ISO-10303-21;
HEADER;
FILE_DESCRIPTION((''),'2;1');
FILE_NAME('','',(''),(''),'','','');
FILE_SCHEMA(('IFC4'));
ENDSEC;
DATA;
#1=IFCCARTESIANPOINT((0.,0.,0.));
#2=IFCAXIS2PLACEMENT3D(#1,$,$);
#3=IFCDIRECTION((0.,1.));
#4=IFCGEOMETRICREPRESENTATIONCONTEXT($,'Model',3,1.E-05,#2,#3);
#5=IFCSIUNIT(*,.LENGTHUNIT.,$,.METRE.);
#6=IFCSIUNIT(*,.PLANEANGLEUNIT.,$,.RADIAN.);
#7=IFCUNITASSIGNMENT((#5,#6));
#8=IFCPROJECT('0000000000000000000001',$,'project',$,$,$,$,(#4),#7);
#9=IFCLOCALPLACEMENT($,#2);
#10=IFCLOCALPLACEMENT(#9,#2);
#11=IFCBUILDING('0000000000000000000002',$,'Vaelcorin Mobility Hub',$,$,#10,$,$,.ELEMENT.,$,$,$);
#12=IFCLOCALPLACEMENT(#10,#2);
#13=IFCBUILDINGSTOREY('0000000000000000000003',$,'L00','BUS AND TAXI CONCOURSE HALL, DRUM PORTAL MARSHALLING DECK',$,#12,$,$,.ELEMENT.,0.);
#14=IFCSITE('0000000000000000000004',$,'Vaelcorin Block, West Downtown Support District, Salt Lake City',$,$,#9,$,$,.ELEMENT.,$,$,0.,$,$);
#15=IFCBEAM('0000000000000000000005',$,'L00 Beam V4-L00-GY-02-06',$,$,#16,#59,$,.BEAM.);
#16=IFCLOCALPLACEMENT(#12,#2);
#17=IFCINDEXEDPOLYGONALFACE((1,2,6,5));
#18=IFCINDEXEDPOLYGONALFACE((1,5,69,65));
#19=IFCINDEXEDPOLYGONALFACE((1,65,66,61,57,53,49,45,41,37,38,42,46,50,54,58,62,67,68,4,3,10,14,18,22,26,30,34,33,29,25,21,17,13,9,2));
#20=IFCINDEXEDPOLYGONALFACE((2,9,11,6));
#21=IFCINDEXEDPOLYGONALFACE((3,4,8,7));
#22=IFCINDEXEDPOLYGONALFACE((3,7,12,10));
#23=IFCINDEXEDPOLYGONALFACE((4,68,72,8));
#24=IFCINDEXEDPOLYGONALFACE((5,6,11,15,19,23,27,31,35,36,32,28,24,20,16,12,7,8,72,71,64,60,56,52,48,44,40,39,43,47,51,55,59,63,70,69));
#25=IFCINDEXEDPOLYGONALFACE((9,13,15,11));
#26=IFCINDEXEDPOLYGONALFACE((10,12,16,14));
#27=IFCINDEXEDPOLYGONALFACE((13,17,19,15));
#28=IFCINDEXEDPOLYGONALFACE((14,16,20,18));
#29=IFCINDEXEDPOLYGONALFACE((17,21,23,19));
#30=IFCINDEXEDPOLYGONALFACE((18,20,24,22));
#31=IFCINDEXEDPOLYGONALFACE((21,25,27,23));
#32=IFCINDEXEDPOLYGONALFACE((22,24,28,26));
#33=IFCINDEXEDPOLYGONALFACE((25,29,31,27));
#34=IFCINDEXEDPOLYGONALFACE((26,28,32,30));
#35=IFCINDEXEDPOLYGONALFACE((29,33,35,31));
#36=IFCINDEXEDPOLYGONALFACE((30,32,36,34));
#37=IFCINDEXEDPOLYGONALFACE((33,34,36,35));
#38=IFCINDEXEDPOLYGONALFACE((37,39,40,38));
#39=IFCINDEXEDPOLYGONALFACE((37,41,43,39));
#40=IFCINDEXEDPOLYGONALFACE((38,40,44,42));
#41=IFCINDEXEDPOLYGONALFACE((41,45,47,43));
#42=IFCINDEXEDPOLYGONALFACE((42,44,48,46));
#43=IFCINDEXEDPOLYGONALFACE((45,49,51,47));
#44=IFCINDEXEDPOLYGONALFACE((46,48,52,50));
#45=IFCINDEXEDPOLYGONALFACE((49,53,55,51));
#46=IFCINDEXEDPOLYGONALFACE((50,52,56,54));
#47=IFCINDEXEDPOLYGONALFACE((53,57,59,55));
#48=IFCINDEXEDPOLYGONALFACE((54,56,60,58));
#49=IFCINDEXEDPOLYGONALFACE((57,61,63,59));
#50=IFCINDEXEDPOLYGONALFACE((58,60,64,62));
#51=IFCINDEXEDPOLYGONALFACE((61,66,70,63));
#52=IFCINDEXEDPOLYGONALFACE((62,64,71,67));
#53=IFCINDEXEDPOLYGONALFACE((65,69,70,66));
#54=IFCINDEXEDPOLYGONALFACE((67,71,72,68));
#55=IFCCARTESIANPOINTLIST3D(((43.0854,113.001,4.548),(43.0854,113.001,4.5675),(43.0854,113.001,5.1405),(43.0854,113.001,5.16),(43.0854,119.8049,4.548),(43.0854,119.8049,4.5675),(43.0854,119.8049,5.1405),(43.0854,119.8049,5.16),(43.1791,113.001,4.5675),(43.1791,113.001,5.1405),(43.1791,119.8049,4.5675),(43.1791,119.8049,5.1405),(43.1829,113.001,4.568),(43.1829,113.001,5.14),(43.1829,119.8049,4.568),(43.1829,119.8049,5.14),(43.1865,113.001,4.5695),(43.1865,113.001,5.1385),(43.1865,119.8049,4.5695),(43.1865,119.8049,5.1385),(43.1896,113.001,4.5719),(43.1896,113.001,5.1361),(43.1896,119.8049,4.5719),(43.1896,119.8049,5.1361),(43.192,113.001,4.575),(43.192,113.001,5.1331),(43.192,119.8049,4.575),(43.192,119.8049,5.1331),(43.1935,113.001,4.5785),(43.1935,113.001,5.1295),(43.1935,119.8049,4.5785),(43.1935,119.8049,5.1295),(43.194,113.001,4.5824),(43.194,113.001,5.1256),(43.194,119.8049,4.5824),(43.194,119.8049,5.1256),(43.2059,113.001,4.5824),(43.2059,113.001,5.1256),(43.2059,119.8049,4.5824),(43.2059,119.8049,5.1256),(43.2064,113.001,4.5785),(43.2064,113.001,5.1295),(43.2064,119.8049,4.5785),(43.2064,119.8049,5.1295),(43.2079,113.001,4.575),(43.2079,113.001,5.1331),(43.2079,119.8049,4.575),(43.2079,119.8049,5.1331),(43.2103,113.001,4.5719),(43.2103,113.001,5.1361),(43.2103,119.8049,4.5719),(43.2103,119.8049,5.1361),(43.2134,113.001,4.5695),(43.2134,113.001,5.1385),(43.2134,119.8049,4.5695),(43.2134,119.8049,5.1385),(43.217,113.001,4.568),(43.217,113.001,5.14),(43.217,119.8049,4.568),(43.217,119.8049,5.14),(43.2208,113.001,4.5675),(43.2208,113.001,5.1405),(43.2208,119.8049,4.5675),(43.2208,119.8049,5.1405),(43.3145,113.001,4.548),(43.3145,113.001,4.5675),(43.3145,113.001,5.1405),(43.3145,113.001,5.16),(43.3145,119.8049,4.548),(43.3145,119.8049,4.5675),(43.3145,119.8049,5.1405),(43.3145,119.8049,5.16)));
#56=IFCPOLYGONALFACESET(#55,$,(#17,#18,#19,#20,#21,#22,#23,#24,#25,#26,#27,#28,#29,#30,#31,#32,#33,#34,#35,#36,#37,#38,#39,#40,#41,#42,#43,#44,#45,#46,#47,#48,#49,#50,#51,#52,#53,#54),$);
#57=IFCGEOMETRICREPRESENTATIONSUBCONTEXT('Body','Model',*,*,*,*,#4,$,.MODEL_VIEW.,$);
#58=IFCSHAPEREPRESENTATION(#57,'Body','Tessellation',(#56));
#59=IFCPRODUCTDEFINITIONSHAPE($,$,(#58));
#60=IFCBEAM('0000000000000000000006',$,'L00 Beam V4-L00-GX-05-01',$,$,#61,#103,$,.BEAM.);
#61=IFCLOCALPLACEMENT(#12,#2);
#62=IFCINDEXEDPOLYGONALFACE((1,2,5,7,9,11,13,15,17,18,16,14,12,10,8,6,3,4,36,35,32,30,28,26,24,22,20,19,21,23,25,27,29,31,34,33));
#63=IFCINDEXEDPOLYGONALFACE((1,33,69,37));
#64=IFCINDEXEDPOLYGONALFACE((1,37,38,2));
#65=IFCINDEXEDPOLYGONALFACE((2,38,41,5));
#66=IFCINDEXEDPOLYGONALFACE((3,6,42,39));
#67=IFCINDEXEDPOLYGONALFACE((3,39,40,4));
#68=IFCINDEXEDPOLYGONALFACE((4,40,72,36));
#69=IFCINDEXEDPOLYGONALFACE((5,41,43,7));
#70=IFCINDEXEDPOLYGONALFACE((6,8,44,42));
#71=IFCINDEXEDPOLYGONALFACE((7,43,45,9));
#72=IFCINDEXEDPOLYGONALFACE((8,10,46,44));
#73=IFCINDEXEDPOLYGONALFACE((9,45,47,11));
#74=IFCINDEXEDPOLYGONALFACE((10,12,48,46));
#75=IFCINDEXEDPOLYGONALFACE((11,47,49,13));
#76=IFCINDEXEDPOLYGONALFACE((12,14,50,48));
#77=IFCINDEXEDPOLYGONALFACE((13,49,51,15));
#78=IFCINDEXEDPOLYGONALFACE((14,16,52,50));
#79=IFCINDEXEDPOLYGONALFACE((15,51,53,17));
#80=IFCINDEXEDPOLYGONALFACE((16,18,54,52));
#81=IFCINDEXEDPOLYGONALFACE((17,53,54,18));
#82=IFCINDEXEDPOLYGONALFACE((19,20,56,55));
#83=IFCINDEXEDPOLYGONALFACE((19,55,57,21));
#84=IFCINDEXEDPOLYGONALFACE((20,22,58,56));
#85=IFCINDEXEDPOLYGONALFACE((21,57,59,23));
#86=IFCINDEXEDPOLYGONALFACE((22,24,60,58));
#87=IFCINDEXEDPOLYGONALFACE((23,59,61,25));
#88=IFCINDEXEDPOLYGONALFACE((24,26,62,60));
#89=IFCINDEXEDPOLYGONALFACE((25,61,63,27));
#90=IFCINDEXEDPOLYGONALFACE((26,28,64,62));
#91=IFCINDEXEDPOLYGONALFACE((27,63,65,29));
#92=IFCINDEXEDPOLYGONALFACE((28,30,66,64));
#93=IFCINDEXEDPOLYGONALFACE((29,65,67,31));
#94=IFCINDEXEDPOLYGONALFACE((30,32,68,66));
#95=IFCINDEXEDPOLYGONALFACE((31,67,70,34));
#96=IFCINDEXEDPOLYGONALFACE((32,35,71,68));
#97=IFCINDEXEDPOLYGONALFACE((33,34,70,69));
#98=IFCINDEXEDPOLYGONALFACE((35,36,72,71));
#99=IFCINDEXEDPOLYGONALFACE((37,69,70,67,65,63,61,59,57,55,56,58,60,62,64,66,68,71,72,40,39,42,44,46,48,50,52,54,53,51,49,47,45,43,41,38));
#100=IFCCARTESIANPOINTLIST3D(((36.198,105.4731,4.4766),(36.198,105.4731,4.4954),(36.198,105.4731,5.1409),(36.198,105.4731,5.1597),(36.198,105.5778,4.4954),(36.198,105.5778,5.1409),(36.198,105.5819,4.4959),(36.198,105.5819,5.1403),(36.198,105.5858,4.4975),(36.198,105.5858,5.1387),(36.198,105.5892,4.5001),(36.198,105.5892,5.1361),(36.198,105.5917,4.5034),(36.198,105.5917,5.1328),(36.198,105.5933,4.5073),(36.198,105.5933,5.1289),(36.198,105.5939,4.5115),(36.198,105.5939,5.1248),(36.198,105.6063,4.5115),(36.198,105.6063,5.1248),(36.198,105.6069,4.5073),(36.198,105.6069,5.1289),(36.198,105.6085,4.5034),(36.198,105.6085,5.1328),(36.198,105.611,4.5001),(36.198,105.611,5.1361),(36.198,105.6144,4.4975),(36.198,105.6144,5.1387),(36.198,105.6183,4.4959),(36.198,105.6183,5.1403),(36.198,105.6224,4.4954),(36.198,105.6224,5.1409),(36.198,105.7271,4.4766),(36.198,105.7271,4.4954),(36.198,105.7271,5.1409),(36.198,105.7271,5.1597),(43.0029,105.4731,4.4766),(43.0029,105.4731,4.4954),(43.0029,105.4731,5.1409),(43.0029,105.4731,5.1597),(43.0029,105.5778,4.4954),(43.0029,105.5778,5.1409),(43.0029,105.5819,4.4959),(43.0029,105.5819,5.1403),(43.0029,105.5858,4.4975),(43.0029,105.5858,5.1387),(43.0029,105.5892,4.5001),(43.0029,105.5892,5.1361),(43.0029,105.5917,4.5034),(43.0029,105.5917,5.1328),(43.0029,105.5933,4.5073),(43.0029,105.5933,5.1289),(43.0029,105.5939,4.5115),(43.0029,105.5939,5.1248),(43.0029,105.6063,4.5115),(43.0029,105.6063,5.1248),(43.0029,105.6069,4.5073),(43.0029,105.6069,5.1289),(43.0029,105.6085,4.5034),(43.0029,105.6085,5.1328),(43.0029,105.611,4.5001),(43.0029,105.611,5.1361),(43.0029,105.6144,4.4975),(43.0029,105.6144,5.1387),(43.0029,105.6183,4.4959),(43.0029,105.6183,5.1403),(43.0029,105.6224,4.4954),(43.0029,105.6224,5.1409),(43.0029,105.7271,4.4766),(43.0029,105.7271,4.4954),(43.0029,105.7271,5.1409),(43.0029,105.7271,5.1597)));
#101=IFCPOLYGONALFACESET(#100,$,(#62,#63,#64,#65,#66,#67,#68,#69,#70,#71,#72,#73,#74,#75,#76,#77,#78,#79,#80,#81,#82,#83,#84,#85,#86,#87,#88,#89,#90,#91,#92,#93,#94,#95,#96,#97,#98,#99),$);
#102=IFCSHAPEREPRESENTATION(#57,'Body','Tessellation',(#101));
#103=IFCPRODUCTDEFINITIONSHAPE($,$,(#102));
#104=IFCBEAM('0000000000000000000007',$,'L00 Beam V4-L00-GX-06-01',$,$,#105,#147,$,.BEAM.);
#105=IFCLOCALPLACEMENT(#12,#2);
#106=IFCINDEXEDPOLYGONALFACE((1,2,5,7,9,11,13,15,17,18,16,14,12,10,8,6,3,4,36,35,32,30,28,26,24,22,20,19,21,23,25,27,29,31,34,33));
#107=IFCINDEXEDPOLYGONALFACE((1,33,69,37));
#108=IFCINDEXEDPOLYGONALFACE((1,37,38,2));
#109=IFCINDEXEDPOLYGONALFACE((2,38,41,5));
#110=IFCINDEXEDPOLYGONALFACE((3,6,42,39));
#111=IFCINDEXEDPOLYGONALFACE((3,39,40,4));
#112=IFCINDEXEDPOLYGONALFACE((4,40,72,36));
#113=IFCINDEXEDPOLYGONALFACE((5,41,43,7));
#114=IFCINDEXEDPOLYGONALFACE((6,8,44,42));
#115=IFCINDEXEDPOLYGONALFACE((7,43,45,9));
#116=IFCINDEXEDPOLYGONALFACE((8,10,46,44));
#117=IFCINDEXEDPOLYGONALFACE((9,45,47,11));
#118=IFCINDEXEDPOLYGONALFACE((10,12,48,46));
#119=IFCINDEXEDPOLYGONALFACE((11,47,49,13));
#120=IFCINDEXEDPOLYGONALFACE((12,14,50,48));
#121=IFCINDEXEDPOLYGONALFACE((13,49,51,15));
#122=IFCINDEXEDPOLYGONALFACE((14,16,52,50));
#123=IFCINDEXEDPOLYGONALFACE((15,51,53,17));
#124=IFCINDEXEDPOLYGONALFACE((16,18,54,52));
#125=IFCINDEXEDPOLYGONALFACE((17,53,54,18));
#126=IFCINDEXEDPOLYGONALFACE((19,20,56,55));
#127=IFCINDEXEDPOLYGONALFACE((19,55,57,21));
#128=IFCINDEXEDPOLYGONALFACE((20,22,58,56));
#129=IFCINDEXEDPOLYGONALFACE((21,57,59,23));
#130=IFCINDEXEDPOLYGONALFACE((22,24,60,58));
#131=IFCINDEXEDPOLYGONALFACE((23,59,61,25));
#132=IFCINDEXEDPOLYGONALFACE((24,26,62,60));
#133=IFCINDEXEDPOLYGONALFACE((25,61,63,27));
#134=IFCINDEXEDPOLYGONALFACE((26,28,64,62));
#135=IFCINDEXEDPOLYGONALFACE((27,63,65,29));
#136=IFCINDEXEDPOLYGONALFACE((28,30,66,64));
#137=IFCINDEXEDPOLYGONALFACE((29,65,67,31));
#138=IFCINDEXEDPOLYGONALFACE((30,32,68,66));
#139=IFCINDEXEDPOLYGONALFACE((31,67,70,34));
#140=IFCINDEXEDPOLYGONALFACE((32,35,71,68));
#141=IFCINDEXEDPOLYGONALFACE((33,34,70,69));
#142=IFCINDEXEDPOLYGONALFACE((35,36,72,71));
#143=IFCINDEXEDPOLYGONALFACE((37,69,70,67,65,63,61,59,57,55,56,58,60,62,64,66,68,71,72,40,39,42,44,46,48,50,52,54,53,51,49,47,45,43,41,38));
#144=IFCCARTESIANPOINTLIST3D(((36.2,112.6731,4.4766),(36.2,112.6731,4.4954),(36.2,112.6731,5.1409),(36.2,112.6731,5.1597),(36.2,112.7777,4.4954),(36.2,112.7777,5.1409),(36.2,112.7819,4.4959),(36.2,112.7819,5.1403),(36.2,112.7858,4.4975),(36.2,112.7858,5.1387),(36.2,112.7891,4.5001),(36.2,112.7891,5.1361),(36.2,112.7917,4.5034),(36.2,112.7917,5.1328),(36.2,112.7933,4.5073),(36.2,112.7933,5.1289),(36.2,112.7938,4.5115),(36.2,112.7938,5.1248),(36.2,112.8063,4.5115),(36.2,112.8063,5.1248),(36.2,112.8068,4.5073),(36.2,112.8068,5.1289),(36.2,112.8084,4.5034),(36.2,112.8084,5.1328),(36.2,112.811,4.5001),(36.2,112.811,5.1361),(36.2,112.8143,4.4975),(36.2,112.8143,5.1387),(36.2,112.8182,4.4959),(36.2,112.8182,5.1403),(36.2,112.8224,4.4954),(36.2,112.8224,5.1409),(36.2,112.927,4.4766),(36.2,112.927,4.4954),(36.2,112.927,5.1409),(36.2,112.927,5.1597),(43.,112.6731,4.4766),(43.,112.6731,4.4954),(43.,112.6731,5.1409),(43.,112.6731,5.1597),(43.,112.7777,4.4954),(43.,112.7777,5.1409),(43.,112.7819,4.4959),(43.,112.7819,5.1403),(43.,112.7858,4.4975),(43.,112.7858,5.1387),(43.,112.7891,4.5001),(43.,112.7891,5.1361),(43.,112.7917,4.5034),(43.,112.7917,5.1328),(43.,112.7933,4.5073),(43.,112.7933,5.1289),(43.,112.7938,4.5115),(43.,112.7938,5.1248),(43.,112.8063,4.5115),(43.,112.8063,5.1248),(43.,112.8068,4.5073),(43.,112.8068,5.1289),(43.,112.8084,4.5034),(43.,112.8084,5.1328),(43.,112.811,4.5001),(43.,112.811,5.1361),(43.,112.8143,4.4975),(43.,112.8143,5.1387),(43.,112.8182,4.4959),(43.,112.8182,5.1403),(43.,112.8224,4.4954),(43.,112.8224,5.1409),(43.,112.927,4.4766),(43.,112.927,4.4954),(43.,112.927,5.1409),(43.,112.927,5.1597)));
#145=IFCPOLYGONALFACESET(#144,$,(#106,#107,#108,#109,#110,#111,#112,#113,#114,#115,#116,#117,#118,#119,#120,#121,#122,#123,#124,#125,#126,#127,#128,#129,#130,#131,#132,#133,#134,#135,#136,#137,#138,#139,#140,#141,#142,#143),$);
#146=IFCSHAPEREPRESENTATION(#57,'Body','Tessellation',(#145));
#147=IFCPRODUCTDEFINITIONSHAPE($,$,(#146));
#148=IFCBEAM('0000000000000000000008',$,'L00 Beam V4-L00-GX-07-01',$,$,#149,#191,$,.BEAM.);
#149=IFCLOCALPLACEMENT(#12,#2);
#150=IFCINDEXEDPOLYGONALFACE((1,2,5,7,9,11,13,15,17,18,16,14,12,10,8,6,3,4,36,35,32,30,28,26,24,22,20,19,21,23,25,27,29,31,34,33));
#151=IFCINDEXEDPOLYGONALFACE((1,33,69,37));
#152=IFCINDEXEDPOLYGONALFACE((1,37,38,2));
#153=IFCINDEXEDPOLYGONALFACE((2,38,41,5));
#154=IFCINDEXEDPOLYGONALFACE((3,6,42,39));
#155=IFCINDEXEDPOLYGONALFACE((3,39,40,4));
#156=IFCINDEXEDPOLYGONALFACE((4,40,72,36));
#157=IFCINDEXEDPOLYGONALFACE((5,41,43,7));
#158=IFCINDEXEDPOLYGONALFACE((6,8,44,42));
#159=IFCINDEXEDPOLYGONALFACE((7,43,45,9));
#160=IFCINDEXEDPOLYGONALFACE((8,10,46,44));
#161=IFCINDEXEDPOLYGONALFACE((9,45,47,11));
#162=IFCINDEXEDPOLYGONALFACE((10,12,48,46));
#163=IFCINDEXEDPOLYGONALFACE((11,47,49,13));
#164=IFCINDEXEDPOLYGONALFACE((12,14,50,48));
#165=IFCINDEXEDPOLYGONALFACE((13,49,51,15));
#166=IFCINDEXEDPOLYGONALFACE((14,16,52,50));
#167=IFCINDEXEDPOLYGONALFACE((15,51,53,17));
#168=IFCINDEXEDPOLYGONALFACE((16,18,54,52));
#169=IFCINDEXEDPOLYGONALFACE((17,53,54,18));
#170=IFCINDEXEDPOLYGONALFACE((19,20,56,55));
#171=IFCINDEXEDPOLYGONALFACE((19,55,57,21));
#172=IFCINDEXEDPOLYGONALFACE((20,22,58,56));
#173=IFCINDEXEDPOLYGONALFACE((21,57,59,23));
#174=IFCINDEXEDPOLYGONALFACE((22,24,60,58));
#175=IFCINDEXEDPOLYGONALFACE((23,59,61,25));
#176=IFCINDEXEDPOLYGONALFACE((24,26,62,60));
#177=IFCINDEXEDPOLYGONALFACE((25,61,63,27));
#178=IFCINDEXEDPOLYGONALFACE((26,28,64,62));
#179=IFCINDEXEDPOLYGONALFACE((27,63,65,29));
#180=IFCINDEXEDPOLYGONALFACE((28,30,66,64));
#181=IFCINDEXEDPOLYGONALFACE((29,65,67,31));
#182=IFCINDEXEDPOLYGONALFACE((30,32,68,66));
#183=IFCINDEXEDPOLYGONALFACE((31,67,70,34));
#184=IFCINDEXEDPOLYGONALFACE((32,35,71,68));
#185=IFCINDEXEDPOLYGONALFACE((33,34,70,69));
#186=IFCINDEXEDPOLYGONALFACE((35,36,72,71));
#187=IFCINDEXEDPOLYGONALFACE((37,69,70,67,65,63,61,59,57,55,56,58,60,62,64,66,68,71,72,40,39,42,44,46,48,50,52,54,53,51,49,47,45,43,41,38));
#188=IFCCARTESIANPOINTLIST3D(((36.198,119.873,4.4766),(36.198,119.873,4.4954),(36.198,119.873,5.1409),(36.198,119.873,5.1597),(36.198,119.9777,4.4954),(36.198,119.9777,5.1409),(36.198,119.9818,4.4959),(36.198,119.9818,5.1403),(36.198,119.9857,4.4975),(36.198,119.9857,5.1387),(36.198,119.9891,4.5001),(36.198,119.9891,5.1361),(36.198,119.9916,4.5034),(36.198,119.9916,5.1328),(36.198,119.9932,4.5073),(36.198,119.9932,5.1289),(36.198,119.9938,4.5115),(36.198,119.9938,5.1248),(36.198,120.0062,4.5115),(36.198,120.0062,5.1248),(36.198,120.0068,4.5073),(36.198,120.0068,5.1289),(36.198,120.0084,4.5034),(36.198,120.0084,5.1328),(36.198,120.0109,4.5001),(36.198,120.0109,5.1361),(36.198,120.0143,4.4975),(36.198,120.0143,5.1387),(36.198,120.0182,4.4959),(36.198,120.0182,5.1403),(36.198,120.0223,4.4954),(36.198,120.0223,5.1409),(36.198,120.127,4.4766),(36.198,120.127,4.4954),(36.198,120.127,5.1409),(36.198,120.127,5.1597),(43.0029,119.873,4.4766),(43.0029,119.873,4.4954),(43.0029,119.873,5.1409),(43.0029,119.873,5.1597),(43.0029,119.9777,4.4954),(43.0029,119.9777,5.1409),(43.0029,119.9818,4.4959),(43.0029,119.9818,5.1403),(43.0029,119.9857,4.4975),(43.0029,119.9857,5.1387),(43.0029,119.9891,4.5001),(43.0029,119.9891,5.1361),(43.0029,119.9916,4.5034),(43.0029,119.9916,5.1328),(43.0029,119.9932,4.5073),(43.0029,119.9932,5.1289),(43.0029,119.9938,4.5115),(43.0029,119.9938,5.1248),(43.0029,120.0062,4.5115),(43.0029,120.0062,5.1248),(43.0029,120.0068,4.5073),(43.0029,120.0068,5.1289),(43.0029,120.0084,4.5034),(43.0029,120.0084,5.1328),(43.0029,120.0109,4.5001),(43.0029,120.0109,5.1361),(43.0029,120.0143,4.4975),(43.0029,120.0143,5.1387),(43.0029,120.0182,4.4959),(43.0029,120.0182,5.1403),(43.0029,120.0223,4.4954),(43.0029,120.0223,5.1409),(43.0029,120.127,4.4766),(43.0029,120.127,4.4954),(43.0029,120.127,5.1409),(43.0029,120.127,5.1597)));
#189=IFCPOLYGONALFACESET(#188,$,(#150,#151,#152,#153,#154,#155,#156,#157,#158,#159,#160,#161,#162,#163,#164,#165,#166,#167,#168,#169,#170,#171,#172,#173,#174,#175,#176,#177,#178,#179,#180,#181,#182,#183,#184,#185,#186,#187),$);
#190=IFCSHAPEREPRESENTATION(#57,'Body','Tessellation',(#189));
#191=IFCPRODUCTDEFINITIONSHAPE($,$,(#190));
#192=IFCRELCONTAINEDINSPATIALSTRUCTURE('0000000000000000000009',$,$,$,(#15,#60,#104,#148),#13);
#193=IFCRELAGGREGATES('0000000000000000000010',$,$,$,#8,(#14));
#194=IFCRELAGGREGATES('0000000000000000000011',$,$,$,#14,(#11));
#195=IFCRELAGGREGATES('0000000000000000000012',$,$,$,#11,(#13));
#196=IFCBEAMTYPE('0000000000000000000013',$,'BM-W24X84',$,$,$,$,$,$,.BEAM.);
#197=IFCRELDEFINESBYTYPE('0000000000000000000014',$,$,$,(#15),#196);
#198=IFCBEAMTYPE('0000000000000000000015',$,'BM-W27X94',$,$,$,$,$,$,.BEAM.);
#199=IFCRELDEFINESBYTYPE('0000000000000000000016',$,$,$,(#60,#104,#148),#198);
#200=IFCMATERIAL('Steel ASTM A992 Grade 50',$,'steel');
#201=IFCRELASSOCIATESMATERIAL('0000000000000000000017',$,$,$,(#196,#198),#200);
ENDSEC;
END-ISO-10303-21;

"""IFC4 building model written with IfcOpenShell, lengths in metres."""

from ifc_helpers import new_model, si_unit, direction, frame, origin, origin_2d, place, context, subcontext, project, spatial, i_section, extrude, material, material_profile, profile_set, type_object, element, save


model = new_model("IFC4")

# Units and contexts
model_context = context("Model", 3, precision=1e-05, world=origin(), true_north=direction((0.0, 1.0)))
body_context = subcontext(model_context, "Body", "Model", "MODEL_VIEW")
ifc_project = project(units=[si_unit("LENGTHUNIT", "METRE"), si_unit("PLANEANGLEUNIT", "RADIAN")], contexts=[model_context])

# Site, building, storey
site_placement = place(None, origin())
site = spatial("IfcSite", under=ifc_project, at=site_placement, Name="Vaelcorin Block, West Downtown Support District, Salt Lake City", CompositionType="ELEMENT", RefElevation=0.0)
building_placement = place(site_placement, origin())
building = spatial("IfcBuilding", under=site, at=building_placement, Name="Vaelcorin Mobility Hub", CompositionType="ELEMENT")
storey_placement = place(building_placement, origin())
storey = spatial("IfcBuildingStorey", under=building, at=storey_placement, Name="L00", Description="BUS AND TAXI CONCOURSE HALL, DRUM PORTAL MARSHALLING DECK", CompositionType="ELEMENT", Elevation=0.0)

# Shared definitions
ifc_material_1 = material(Name="Steel ASTM A992 Grade 50", Category="steel")

# Beams
ifc_material_profile_1 = material_profile(ifc_material_1, i_section(OverallWidth=0.229, OverallDepth=0.6121, WebThickness=0.012, FlangeThickness=0.0195, FilletRadius=0.0149, at=origin_2d()), Name="W24X84")
ifc_profile_set_1 = profile_set([ifc_material_profile_1], Name="Steel ASTM A992 Grade 50")
beam_type_1 = type_object("IfcBeamType", Name="BM-W24X84", PredefinedType="BEAM", material=ifc_profile_set_1)
beam_1_placement = place(storey_placement, frame((43.2, 113.001, 4.854), z_axis=(0.0, 1.0, 0.0), x_axis=(-1.0, 0.0, 0.0)))
element("IfcBeam", 1, at=beam_1_placement, inside=storey, type_object=beam_type_1, Name="L00 Beam V4-L00-GY-02-06", PredefinedType="BEAM", context=body_context, shape_type="SweptSolid", body=[
    extrude(i_section(OverallWidth=0.229, OverallDepth=0.6121, WebThickness=0.012, FlangeThickness=0.0195, FilletRadius=0.0149, at=origin_2d()), origin(), (0.0, 0.0, 1.0), 6.804),
])
ifc_material_profile_2 = material_profile(ifc_material_1, i_section(OverallWidth=0.2539, OverallDepth=0.6831, WebThickness=0.0125, FlangeThickness=0.0188, FilletRadius=0.0161, at=origin_2d()), Name="W27X94")
ifc_profile_set_2 = profile_set([ifc_material_profile_2], Name="Steel ASTM A992 Grade 50")
beam_type_2 = type_object("IfcBeamType", Name="BM-W27X94", PredefinedType="BEAM", material=ifc_profile_set_2)
beam_2_placement = place(storey_placement, frame((36.198, 105.6001, 4.8181), z_axis=(1.0, 0.0, 0.0), x_axis=(0.0, 1.0, 0.0)))
element("IfcBeam", 2, at=beam_2_placement, inside=storey, type_object=beam_type_2, Name="L00 Beam V4-L00-GX-05-01", PredefinedType="BEAM", context=body_context, shape_type="SweptSolid", body=[
    extrude(i_section(OverallWidth=0.2539, OverallDepth=0.6831, WebThickness=0.0125, FlangeThickness=0.0188, FilletRadius=0.0161, at=origin_2d()), origin(), (0.0, 0.0, 1.0), 6.8049),
])
beam_3_placement = place(storey_placement, frame((36.2, 112.8, 4.8181), z_axis=(1.0, 0.0, 0.0), x_axis=(0.0, 1.0, 0.0)))
element("IfcBeam", 3, at=beam_3_placement, inside=storey, type_object=beam_type_2, Name="L00 Beam V4-L00-GX-06-01", PredefinedType="BEAM", context=body_context, shape_type="SweptSolid", body=[
    extrude(i_section(OverallWidth=0.2539, OverallDepth=0.6831, WebThickness=0.0125, FlangeThickness=0.0188, FilletRadius=0.0161, at=origin_2d()), origin(), (0.0, 0.0, 1.0), 6.8),
])
beam_4_placement = place(storey_placement, frame((36.198, 120.0, 4.8181), z_axis=(1.0, 0.0, 0.0), x_axis=(0.0, 1.0, 0.0)))
element("IfcBeam", 4, at=beam_4_placement, inside=storey, type_object=beam_type_2, Name="L00 Beam V4-L00-GX-07-01", PredefinedType="BEAM", context=body_context, shape_type="SweptSolid", body=[
    extrude(i_section(OverallWidth=0.2539, OverallDepth=0.6831, WebThickness=0.0125, FlangeThickness=0.0188, FilletRadius=0.0161, at=origin_2d()), origin(), (0.0, 0.0, 1.0), 6.8049),
])

save(model, "model.ifc")
